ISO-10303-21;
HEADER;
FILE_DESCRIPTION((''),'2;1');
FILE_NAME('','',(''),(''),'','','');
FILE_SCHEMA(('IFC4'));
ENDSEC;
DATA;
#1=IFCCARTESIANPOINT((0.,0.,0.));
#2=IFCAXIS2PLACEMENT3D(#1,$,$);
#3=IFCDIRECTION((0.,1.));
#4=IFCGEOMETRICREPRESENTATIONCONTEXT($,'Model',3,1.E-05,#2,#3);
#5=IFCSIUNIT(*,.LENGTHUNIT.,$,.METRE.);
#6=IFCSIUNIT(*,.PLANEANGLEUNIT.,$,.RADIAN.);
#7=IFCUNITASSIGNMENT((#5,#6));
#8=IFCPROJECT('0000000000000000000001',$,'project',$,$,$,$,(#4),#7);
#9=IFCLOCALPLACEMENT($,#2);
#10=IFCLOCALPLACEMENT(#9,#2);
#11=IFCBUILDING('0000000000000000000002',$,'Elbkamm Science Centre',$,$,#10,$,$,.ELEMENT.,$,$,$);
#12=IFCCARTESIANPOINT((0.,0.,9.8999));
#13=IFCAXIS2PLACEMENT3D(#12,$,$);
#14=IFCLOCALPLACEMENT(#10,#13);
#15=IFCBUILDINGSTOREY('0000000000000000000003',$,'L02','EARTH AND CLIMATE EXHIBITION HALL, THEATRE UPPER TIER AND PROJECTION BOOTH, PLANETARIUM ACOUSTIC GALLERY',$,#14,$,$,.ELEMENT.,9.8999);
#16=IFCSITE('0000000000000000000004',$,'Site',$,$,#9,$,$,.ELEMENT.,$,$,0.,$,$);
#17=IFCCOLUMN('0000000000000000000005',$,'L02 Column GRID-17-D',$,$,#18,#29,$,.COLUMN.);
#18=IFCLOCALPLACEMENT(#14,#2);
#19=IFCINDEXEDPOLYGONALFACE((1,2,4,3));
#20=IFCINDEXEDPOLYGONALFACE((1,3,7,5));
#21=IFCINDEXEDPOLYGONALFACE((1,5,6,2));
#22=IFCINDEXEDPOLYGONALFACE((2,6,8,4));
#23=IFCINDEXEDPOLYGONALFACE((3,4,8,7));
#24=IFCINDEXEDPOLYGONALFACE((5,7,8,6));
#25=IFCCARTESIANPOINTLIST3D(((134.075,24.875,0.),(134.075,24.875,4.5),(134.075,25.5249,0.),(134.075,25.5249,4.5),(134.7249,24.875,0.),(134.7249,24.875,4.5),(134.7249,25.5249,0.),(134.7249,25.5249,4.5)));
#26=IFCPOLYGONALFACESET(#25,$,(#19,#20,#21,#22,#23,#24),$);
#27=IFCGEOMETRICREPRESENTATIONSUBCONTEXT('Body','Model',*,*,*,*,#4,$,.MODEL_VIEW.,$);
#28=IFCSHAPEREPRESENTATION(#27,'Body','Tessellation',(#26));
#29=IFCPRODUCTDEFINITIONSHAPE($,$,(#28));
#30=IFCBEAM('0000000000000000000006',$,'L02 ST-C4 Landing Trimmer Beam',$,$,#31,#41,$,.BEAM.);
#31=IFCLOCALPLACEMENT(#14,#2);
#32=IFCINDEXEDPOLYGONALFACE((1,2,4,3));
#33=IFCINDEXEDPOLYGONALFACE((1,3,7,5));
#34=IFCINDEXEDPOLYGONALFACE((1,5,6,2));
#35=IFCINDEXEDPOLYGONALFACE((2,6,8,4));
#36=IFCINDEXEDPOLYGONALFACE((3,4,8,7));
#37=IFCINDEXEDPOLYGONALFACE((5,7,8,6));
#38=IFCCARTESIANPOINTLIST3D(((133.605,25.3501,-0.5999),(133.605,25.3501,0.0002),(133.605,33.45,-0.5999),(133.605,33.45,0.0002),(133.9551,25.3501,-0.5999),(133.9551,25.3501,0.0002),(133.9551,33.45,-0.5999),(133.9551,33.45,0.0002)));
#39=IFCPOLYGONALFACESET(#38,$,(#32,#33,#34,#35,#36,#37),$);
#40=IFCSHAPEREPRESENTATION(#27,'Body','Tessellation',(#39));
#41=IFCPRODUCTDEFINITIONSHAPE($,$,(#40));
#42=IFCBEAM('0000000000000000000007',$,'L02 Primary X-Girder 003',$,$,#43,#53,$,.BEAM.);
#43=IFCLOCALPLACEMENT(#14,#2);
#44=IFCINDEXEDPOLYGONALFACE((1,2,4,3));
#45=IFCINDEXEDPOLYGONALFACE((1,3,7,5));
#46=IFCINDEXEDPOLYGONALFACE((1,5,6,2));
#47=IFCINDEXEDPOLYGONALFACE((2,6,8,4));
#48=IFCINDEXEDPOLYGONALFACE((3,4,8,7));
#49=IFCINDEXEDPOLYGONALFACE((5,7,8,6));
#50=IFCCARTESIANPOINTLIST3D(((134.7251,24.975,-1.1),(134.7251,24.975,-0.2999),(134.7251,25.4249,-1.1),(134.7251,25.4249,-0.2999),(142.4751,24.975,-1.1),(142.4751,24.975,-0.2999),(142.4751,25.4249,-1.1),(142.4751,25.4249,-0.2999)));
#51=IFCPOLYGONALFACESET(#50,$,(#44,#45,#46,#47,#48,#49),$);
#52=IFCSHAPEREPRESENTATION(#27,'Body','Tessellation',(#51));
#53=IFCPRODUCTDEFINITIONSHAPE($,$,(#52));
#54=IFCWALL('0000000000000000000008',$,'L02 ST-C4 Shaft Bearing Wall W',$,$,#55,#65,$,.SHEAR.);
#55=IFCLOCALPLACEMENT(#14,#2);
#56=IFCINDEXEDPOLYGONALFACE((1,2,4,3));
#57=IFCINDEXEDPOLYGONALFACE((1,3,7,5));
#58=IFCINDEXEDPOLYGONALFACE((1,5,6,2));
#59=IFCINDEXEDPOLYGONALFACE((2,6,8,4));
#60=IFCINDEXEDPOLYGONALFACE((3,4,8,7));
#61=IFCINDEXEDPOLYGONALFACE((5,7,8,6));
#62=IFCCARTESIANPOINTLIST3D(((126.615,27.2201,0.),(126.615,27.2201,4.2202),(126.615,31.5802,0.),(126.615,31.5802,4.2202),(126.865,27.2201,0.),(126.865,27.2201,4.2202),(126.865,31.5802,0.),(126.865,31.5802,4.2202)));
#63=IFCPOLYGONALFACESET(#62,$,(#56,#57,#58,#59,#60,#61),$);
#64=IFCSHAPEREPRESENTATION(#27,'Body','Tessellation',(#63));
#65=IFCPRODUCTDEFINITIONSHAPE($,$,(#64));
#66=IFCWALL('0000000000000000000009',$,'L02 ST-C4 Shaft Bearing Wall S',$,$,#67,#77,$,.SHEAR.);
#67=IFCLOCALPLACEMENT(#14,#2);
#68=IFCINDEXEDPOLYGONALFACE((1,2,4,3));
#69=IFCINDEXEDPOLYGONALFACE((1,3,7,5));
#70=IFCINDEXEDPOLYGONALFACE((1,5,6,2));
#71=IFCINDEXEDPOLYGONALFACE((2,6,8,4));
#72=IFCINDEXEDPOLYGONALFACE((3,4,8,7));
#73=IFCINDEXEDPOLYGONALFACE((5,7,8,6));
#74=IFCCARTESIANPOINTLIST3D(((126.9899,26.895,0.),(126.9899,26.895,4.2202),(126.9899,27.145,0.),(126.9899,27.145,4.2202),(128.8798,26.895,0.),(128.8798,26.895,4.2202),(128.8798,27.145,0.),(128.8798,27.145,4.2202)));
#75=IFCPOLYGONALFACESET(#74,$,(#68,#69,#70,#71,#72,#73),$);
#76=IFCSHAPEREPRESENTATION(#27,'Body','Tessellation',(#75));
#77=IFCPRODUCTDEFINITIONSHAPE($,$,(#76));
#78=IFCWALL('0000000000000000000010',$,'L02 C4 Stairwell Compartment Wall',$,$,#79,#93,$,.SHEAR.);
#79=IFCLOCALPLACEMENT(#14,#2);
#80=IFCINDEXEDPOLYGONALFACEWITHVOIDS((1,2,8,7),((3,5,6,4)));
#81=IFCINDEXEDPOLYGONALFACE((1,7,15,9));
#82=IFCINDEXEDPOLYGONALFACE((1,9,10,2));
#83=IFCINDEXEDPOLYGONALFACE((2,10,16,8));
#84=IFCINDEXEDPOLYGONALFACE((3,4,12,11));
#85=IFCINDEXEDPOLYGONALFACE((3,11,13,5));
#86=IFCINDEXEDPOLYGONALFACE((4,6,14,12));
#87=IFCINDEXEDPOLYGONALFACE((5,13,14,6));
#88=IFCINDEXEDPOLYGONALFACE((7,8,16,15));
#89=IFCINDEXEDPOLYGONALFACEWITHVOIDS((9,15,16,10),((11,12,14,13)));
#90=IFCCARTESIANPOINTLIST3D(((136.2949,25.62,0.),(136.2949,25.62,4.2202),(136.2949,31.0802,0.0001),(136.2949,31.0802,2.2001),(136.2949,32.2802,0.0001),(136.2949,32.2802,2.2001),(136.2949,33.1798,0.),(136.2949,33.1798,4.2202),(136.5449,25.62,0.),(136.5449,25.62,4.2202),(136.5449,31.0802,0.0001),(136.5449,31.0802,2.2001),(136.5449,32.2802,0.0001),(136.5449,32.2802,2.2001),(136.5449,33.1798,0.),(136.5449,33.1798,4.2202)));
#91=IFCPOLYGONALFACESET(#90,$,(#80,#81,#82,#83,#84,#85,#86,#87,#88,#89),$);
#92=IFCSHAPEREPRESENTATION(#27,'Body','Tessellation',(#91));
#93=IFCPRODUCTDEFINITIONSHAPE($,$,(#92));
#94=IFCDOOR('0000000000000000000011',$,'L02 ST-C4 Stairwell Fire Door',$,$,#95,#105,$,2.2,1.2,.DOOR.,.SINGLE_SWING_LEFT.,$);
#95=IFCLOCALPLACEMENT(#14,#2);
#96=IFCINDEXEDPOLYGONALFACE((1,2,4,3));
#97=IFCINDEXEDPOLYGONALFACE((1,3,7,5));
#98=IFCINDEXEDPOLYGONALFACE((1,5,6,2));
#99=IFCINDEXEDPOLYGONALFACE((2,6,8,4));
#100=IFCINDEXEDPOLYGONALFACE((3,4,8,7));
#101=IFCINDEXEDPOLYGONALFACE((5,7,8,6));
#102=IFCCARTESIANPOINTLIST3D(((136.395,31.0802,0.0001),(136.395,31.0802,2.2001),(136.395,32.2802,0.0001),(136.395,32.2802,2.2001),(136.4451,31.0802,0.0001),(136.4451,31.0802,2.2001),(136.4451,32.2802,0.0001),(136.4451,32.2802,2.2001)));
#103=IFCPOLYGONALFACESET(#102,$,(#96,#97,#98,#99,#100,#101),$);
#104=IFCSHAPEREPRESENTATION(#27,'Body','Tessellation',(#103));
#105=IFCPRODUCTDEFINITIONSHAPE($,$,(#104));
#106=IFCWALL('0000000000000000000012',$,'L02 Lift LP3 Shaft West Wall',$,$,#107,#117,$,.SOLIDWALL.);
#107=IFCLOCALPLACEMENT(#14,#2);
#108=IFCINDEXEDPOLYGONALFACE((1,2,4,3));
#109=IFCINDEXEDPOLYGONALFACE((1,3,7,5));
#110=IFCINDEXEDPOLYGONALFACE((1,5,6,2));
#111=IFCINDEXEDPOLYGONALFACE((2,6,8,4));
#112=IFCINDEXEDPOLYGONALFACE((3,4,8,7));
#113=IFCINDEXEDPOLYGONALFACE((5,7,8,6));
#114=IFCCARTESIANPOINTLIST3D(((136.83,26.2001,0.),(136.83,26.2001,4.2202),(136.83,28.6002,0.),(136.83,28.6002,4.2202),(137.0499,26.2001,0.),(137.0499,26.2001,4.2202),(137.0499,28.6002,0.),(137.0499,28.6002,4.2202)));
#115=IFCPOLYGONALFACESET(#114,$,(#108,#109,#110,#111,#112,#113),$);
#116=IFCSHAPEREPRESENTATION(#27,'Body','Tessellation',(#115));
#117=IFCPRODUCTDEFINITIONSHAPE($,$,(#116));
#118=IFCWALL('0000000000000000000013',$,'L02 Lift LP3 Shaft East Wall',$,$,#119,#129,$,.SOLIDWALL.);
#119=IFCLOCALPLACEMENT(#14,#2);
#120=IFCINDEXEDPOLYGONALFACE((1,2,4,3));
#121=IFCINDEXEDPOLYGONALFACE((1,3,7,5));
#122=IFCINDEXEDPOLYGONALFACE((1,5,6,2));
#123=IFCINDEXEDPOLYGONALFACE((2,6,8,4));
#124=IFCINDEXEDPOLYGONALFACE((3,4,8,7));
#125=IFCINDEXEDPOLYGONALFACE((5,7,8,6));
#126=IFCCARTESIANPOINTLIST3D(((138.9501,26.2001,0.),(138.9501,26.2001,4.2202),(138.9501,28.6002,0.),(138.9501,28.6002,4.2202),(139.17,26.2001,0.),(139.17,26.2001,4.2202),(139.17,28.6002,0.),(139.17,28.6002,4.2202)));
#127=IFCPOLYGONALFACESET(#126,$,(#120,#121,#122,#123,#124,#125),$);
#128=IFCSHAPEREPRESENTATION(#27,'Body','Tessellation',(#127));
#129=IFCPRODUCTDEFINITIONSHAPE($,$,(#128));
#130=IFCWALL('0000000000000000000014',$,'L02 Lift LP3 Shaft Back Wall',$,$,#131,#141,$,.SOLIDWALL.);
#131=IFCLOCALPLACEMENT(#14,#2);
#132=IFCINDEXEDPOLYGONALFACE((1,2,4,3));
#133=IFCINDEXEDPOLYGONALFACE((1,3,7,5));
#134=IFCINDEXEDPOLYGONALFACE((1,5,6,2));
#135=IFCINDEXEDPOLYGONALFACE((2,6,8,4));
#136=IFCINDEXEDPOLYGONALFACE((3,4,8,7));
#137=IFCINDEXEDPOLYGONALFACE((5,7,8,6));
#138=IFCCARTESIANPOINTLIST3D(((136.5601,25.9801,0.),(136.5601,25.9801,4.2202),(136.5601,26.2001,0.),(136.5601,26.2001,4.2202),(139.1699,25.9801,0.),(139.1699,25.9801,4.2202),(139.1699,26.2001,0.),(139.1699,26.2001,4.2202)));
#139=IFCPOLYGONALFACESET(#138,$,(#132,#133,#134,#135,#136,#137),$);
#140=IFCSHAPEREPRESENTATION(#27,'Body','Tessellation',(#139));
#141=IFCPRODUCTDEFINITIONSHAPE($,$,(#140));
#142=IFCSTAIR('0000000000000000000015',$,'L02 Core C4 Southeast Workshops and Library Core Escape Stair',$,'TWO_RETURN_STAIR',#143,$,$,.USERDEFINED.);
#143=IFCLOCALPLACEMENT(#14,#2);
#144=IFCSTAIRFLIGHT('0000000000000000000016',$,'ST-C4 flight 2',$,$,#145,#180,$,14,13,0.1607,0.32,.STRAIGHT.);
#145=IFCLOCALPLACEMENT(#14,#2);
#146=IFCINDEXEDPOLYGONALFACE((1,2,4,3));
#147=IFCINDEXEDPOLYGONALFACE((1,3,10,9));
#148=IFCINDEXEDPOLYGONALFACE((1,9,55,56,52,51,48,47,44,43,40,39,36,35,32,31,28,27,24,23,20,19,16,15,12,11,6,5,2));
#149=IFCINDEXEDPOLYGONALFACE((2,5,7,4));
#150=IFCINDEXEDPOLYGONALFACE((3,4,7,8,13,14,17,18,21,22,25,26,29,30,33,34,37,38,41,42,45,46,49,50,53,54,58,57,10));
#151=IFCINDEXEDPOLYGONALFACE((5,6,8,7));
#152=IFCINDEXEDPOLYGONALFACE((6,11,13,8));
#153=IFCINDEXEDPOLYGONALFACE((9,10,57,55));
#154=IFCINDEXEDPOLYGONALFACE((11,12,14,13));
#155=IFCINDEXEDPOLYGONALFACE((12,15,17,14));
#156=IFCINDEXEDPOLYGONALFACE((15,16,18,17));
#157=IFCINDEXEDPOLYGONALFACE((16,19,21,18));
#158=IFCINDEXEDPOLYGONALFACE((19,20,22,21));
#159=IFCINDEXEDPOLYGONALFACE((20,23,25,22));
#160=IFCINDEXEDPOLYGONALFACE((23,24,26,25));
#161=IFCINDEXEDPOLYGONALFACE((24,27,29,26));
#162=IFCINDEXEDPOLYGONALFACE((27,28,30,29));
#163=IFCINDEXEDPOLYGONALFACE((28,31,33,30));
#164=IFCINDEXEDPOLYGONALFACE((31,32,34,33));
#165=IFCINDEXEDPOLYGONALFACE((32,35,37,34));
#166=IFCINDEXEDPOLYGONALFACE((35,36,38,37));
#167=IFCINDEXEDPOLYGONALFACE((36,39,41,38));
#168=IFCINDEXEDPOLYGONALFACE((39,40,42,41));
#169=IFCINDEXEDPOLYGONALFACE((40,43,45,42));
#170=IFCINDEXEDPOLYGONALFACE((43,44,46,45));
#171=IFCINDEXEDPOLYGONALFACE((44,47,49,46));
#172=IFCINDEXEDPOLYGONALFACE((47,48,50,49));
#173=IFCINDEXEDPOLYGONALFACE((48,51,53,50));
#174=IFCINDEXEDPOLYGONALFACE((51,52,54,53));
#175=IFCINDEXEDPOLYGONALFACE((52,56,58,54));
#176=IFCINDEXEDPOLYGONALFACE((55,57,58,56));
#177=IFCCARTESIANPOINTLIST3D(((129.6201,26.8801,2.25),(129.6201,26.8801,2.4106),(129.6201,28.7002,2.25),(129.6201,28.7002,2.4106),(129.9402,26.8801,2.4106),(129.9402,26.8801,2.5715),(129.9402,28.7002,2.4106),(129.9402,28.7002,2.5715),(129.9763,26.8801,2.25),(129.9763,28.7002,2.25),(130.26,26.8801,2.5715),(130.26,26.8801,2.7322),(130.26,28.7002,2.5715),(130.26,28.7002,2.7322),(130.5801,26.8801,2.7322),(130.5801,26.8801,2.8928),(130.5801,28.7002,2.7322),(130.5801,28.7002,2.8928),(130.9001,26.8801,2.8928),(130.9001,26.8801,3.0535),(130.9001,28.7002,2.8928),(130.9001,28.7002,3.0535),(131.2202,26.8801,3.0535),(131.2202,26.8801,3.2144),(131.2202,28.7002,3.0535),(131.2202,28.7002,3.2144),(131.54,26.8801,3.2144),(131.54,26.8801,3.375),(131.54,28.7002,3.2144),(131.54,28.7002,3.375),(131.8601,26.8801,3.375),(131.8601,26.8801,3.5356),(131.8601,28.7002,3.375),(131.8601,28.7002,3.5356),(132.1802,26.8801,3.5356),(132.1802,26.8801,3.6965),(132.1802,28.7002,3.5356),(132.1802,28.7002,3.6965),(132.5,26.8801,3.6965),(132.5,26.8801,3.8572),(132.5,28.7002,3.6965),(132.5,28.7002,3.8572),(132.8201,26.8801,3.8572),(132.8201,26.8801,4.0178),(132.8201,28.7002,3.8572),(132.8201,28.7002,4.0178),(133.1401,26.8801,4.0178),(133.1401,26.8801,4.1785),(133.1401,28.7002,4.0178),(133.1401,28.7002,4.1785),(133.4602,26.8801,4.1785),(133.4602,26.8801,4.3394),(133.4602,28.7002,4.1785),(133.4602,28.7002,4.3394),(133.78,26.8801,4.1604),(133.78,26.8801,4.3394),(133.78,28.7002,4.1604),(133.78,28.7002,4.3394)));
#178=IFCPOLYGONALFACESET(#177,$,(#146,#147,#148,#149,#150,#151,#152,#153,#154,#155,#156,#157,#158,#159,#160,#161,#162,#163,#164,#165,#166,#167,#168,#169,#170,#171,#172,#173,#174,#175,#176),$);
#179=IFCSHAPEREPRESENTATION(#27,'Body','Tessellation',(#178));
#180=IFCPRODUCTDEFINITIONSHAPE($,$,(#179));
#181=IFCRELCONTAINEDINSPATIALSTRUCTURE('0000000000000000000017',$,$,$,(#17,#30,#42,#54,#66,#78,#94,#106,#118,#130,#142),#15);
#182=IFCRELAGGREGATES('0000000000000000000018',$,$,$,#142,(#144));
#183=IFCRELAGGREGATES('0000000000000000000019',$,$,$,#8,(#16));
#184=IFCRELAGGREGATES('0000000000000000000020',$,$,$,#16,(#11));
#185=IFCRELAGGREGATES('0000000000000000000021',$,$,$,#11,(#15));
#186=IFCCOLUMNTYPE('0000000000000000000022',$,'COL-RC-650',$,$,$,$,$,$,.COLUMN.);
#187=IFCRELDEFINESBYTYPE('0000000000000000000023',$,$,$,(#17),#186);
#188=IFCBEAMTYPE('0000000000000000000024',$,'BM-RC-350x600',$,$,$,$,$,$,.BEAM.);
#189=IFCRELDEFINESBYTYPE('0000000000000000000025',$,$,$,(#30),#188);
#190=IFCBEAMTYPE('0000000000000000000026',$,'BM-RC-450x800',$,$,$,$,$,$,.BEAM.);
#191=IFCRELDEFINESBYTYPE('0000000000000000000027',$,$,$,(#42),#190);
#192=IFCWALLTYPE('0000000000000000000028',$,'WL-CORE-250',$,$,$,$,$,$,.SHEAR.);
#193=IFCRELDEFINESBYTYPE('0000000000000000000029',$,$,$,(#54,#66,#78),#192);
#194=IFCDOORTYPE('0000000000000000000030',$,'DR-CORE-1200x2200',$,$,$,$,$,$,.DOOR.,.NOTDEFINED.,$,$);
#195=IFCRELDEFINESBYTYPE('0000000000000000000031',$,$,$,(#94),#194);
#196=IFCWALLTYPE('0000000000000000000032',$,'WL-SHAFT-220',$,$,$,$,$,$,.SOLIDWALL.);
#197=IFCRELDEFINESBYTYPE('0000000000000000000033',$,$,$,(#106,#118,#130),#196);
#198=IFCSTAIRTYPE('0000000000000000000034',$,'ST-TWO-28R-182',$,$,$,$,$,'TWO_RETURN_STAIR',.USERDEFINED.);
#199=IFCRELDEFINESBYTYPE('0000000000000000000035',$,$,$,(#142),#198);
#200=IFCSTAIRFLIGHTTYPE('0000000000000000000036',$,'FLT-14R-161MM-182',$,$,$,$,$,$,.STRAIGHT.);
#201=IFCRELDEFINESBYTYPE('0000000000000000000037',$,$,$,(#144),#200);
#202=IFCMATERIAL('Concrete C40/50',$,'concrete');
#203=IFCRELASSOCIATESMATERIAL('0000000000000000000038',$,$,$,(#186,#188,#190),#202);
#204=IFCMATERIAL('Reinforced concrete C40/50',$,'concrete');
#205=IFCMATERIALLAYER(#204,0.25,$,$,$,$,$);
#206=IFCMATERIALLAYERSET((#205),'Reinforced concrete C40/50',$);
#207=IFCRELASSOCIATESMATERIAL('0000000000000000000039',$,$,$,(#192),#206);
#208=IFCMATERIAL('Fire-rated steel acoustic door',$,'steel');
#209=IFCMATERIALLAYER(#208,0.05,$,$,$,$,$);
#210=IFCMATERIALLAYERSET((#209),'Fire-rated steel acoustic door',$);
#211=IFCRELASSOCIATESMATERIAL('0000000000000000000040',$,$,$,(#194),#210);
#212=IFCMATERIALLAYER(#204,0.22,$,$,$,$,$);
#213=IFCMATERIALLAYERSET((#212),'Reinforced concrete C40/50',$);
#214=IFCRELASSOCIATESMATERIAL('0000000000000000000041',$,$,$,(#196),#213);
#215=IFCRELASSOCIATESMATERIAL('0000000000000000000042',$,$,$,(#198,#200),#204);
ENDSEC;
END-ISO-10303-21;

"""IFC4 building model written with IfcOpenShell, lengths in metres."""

from ifc_helpers import new_model, si_unit, direction, frame, frame_2d, origin, origin_2d, place, context, subcontext, project, spatial, polyline, rectangle, outline, extrude, material, layer, layer_set, material_profile, profile_set, type_object, element, fill, aggregate, save


model = new_model("IFC4")

# Units and contexts
model_context = context("Model", 3, precision=1e-05, world=origin(), true_north=direction((0.0, 1.0)))
body_context = subcontext(model_context, "Body", "Model", "MODEL_VIEW")
ifc_project = project(units=[si_unit("LENGTHUNIT", "METRE"), si_unit("PLANEANGLEUNIT", "RADIAN")], contexts=[model_context])

# Site, building, storey
site_placement = place(None, origin())
site = spatial("IfcSite", under=ifc_project, at=site_placement, Name="Site", CompositionType="ELEMENT", RefElevation=0.0)
building_placement = place(site_placement, origin())
building = spatial("IfcBuilding", under=site, at=building_placement, Name="Elbkamm Science Centre", CompositionType="ELEMENT")
storey_placement = place(building_placement, frame((0.0, 0.0, 9.8999)))
storey = spatial("IfcBuildingStorey", under=building, at=storey_placement, Name="L02", Description="EARTH AND CLIMATE EXHIBITION HALL, THEATRE UPPER TIER AND PROJECTION BOOTH, PLANETARIUM ACOUSTIC GALLERY", CompositionType="ELEMENT", Elevation=9.8999)

# Column
ifc_material_1 = material(Name="Concrete C40/50", Category="concrete")
ifc_material_profile_1 = material_profile(ifc_material_1, rectangle(XDim=0.6499, YDim=0.6499, at=origin_2d()), Name="RC 650x650")
ifc_profile_set_1 = profile_set([ifc_material_profile_1], Name="Concrete C40/50")
column_type = type_object("IfcColumnType", Name="COL-RC-650", PredefinedType="COLUMN", material=ifc_profile_set_1)
column_placement = place(storey_placement, frame((134.3999, 25.2, 0.0), z_axis=(0.0, 0.0, 1.0), x_axis=(1.0, 0.0, 0.0)))
element("IfcColumn", 1, at=column_placement, inside=storey, type_object=column_type, Name="L02 Column GRID-17-D", PredefinedType="COLUMN", context=body_context, shape_type="SweptSolid", body=[
    extrude(rectangle(XDim=0.6499, YDim=0.6499, at=origin_2d()), origin(), (0.0, 0.0, 1.0), 4.5),
])

# Beams
ifc_material_profile_2 = material_profile(ifc_material_1, rectangle(XDim=0.3501, YDim=0.6001, at=origin_2d()), Name="RC 350x600")
ifc_profile_set_2 = profile_set([ifc_material_profile_2], Name="Concrete C40/50")
beam_type_1 = type_object("IfcBeamType", Name="BM-RC-350x600", PredefinedType="BEAM", material=ifc_profile_set_2)
beam_1_placement = place(storey_placement, frame((133.78, 25.3501, -0.2998), z_axis=(0.0, 1.0, 0.0), x_axis=(-1.0, 0.0, 0.0)))
element("IfcBeam", 2, at=beam_1_placement, inside=storey, type_object=beam_type_1, Name="L02 ST-C4 Landing Trimmer Beam", PredefinedType="BEAM", context=body_context, shape_type="SweptSolid", body=[
    extrude(rectangle(XDim=0.3501, YDim=0.6001, at=origin_2d()), origin(), (0.0, 0.0, 1.0), 8.0999),
])
ifc_material_profile_3 = material_profile(ifc_material_1, rectangle(XDim=0.45, YDim=0.8, at=origin_2d()), Name="RC 450x800")
ifc_profile_set_3 = profile_set([ifc_material_profile_3], Name="Concrete C40/50")
beam_type_2 = type_object("IfcBeamType", Name="BM-RC-450x800", PredefinedType="BEAM", material=ifc_profile_set_3)
beam_2_placement = place(storey_placement, frame((134.7251, 25.2, -0.7), z_axis=(1.0, 0.0, 0.0), x_axis=(0.0, 1.0, 0.0)))
element("IfcBeam", 3, at=beam_2_placement, inside=storey, type_object=beam_type_2, Name="L02 Primary X-Girder 003", PredefinedType="BEAM", context=body_context, shape_type="SweptSolid", body=[
    extrude(rectangle(XDim=0.45, YDim=0.8, at=origin_2d()), origin(), (0.0, 0.0, 1.0), 7.75),
])

# Walls
ifc_material_2 = material(Name="Reinforced concrete C40/50", Category="concrete")
ifc_layer_1 = layer(ifc_material_2, 0.25)
ifc_layer_set_1 = layer_set([ifc_layer_1], Name="Reinforced concrete C40/50")
wall_type_1 = type_object("IfcWallType", Name="WL-CORE-250", PredefinedType="SHEAR", material=ifc_layer_set_1)
wall_1_placement = place(storey_placement, frame((126.74, 27.22, 0.0), z_axis=(0.0, 0.0, 1.0), x_axis=(0.0, 1.0, 0.0)))
element("IfcWall", 4, at=wall_1_placement, inside=storey, type_object=wall_type_1, Name="L02 ST-C4 Shaft Bearing Wall W", PredefinedType="SHEAR", context=body_context, shape_type="SweptSolid", body=[
    extrude(rectangle(XDim=4.3601, YDim=0.25, at=frame_2d((2.1802, 0.0))), origin(), (0.0, 0.0, 1.0), 4.2202),
])
wall_2_placement = place(storey_placement, frame((126.99, 27.02, 0.0), z_axis=(0.0, 0.0, 1.0), x_axis=(1.0, 0.0, 0.0)))
element("IfcWall", 5, at=wall_2_placement, inside=storey, type_object=wall_type_1, Name="L02 ST-C4 Shaft Bearing Wall S", PredefinedType="SHEAR", context=body_context, shape_type="SweptSolid", body=[
    extrude(rectangle(XDim=1.8899, YDim=0.25, at=frame_2d((0.9448, 0.0))), origin(), (0.0, 0.0, 1.0), 4.2202),
])

# Wall, opening, door
wall_3_placement = place(storey_placement, frame((136.4199, 25.6201, 0.0), z_axis=(0.0, 0.0, 1.0), x_axis=(0.0, 1.0, 0.0)))
wall_3 = element("IfcWall", 6, at=wall_3_placement, inside=storey, type_object=wall_type_1, Name="L02 C4 Stairwell Compartment Wall", PredefinedType="SHEAR", context=body_context, shape_type="SweptSolid", body=[
    extrude(rectangle(XDim=7.5598, YDim=0.25, at=frame_2d((3.7798, 0.0))), origin(), (0.0, 0.0, 1.0), 4.2202),
])
opening_1_placement = place(wall_3_placement, frame((5.46, 0.0, 0.0)))
opening_1 = element("IfcOpeningElement", 7, at=opening_1_placement, cuts=wall_3, PredefinedType="OPENING", context=body_context, shape_type="SweptSolid", body=[
    extrude(rectangle(XDim=1.2, YDim=2.2, at=frame_2d((0.6001, 1.1001))), frame((0.0, 0.137, 0.0), z_axis=(0.0, -1.0, 0.0), x_axis=(1.0, 0.0, 0.0)), (0.0, 0.0, 1.0), 0.2739),
])
ifc_material_3 = material(Name="Fire-rated steel acoustic door", Category="steel")
ifc_layer_2 = layer(ifc_material_3, 0.05)
ifc_layer_set_2 = layer_set([ifc_layer_2], Name="Fire-rated steel acoustic door")
door_type_1 = type_object("IfcDoorType", Name="DR-CORE-1200x2200", OperationType="NOTDEFINED", PredefinedType="DOOR", material=ifc_layer_set_2)
door_1_placement = place(opening_1_placement, origin())
door_1 = element("IfcDoor", 8, at=door_1_placement, inside=storey, type_object=door_type_1, Name="L02 ST-C4 Stairwell Fire Door", OperationType="SINGLE_SWING_LEFT", OverallHeight=2.2, OverallWidth=1.2, PredefinedType="DOOR", context=body_context, shape_type="SweptSolid", body=[
    extrude(rectangle(XDim=1.2, YDim=2.2, at=frame_2d((0.6001, 1.1001))), frame((0.0, 0.0249, 0.0), z_axis=(0.0, -1.0, 0.0), x_axis=(1.0, 0.0, 0.0)), (0.0, 0.0, 1.0), 0.05),
])
fill(opening_1, door_1)

# Walls
ifc_layer_3 = layer(ifc_material_2, 0.22)
ifc_layer_set_3 = layer_set([ifc_layer_3], Name="Reinforced concrete C40/50")
wall_type_2 = type_object("IfcWallType", Name="WL-SHAFT-220", PredefinedType="SOLIDWALL", material=ifc_layer_set_3)
for number, where, z_axis, x_axis, name in (
    (9, (136.9399, 26.2, 0.0), (0.0, 0.0, 1.0), (0.0, 1.0, 0.0), "L02 Lift LP3 Shaft West Wall"),
    (10, (139.0601, 26.2, 0.0), (0.0, 0.0, 1.0), (0.0, 1.0, 0.0), "L02 Lift LP3 Shaft East Wall"),
):
    element("IfcWall", number, at=place(storey_placement, frame(where, z_axis=z_axis, x_axis=x_axis)), inside=storey, type_object=wall_type_2, Name=name, PredefinedType="SOLIDWALL", context=body_context, shape_type="SweptSolid", body=[
        extrude(rectangle(XDim=2.4001, YDim=0.22, at=frame_2d((1.2002, 0.0))), origin(), (0.0, 0.0, 1.0), 4.2202),
    ])
wall_4_placement = place(storey_placement, frame((136.5601, 26.0901, 0.0), z_axis=(0.0, 0.0, 1.0), x_axis=(1.0, 0.0, 0.0)))
element("IfcWall", 11, at=wall_4_placement, inside=storey, type_object=wall_type_2, Name="L02 Lift LP3 Shaft Back Wall", PredefinedType="SOLIDWALL", context=body_context, shape_type="SweptSolid", body=[
    extrude(rectangle(XDim=2.6099, YDim=0.22, at=frame_2d((1.3049, 0.0))), origin(), (0.0, 0.0, 1.0), 4.2202),
])

# Stair, stair flight
stair_type = type_object("IfcStairType", Name="ST-TWO-28R-182", ElementType="TWO_RETURN_STAIR", PredefinedType="USERDEFINED", material=ifc_material_2)
stair_placement = place(storey_placement, origin())
stair = element("IfcStair", 12, at=stair_placement, inside=storey, type_object=stair_type, Name="L02 Core C4 Southeast Workshops and Library Core Escape Stair", ObjectType="TWO_RETURN_STAIR", PredefinedType="USERDEFINED")
stair_flight_type = type_object("IfcStairFlightType", Name="FLT-14R-161MM-182", PredefinedType="STRAIGHT", material=ifc_material_2)
stair_flight_placement = place(storey_placement, frame((129.6201, 27.79, 2.25), z_axis=(0.0, 0.0, 1.0), x_axis=(1.0, 0.0, 0.0)))
stair_flight = element("IfcStairFlight", 13, at=stair_flight_placement, type_object=stair_flight_type, Name="ST-C4 flight 2", NumberOfRisers=14, NumberOfTreads=13, PredefinedType="STRAIGHT", RiserHeight=0.1607, TreadLength=0.32, context=body_context, shape_type="SweptSolid", body=[
    extrude(outline(polyline([(0.0, 0.0), (0.0, 0.1606), (0.3201, 0.1606), (0.3201, 0.3215), (0.6399, 0.3215), (0.6399, 0.4822), (0.96, 0.4822), (0.96, 0.6428), (1.28, 0.6428), (1.28, 0.8035), (1.6001, 0.8035), (1.6001, 0.9644), (1.9199, 0.9644), (1.9199, 1.125), (2.24, 1.125), (2.24, 1.2856), (2.5601, 1.2856), (2.5601, 1.4465), (2.8799, 1.4465), (2.8799, 1.6072), (3.2, 1.6072), (3.2, 1.7678), (3.52, 1.7678), (3.52, 1.9285), (3.8401, 1.9285), (3.8401, 2.0894), (4.1599, 2.0894), (4.1599, 2.25), (4.1599, 1.9104), (0.3562, 0.0), (0.0, 0.0)])), frame((0.0, 0.9102, 0.0), z_axis=(0.0, -1.0, 0.0), x_axis=(1.0, 0.0, 0.0)), (0.0, 0.0, 1.0), 1.8201),
])
aggregate(stair, [stair_flight])

save(model, "model.ifc")
